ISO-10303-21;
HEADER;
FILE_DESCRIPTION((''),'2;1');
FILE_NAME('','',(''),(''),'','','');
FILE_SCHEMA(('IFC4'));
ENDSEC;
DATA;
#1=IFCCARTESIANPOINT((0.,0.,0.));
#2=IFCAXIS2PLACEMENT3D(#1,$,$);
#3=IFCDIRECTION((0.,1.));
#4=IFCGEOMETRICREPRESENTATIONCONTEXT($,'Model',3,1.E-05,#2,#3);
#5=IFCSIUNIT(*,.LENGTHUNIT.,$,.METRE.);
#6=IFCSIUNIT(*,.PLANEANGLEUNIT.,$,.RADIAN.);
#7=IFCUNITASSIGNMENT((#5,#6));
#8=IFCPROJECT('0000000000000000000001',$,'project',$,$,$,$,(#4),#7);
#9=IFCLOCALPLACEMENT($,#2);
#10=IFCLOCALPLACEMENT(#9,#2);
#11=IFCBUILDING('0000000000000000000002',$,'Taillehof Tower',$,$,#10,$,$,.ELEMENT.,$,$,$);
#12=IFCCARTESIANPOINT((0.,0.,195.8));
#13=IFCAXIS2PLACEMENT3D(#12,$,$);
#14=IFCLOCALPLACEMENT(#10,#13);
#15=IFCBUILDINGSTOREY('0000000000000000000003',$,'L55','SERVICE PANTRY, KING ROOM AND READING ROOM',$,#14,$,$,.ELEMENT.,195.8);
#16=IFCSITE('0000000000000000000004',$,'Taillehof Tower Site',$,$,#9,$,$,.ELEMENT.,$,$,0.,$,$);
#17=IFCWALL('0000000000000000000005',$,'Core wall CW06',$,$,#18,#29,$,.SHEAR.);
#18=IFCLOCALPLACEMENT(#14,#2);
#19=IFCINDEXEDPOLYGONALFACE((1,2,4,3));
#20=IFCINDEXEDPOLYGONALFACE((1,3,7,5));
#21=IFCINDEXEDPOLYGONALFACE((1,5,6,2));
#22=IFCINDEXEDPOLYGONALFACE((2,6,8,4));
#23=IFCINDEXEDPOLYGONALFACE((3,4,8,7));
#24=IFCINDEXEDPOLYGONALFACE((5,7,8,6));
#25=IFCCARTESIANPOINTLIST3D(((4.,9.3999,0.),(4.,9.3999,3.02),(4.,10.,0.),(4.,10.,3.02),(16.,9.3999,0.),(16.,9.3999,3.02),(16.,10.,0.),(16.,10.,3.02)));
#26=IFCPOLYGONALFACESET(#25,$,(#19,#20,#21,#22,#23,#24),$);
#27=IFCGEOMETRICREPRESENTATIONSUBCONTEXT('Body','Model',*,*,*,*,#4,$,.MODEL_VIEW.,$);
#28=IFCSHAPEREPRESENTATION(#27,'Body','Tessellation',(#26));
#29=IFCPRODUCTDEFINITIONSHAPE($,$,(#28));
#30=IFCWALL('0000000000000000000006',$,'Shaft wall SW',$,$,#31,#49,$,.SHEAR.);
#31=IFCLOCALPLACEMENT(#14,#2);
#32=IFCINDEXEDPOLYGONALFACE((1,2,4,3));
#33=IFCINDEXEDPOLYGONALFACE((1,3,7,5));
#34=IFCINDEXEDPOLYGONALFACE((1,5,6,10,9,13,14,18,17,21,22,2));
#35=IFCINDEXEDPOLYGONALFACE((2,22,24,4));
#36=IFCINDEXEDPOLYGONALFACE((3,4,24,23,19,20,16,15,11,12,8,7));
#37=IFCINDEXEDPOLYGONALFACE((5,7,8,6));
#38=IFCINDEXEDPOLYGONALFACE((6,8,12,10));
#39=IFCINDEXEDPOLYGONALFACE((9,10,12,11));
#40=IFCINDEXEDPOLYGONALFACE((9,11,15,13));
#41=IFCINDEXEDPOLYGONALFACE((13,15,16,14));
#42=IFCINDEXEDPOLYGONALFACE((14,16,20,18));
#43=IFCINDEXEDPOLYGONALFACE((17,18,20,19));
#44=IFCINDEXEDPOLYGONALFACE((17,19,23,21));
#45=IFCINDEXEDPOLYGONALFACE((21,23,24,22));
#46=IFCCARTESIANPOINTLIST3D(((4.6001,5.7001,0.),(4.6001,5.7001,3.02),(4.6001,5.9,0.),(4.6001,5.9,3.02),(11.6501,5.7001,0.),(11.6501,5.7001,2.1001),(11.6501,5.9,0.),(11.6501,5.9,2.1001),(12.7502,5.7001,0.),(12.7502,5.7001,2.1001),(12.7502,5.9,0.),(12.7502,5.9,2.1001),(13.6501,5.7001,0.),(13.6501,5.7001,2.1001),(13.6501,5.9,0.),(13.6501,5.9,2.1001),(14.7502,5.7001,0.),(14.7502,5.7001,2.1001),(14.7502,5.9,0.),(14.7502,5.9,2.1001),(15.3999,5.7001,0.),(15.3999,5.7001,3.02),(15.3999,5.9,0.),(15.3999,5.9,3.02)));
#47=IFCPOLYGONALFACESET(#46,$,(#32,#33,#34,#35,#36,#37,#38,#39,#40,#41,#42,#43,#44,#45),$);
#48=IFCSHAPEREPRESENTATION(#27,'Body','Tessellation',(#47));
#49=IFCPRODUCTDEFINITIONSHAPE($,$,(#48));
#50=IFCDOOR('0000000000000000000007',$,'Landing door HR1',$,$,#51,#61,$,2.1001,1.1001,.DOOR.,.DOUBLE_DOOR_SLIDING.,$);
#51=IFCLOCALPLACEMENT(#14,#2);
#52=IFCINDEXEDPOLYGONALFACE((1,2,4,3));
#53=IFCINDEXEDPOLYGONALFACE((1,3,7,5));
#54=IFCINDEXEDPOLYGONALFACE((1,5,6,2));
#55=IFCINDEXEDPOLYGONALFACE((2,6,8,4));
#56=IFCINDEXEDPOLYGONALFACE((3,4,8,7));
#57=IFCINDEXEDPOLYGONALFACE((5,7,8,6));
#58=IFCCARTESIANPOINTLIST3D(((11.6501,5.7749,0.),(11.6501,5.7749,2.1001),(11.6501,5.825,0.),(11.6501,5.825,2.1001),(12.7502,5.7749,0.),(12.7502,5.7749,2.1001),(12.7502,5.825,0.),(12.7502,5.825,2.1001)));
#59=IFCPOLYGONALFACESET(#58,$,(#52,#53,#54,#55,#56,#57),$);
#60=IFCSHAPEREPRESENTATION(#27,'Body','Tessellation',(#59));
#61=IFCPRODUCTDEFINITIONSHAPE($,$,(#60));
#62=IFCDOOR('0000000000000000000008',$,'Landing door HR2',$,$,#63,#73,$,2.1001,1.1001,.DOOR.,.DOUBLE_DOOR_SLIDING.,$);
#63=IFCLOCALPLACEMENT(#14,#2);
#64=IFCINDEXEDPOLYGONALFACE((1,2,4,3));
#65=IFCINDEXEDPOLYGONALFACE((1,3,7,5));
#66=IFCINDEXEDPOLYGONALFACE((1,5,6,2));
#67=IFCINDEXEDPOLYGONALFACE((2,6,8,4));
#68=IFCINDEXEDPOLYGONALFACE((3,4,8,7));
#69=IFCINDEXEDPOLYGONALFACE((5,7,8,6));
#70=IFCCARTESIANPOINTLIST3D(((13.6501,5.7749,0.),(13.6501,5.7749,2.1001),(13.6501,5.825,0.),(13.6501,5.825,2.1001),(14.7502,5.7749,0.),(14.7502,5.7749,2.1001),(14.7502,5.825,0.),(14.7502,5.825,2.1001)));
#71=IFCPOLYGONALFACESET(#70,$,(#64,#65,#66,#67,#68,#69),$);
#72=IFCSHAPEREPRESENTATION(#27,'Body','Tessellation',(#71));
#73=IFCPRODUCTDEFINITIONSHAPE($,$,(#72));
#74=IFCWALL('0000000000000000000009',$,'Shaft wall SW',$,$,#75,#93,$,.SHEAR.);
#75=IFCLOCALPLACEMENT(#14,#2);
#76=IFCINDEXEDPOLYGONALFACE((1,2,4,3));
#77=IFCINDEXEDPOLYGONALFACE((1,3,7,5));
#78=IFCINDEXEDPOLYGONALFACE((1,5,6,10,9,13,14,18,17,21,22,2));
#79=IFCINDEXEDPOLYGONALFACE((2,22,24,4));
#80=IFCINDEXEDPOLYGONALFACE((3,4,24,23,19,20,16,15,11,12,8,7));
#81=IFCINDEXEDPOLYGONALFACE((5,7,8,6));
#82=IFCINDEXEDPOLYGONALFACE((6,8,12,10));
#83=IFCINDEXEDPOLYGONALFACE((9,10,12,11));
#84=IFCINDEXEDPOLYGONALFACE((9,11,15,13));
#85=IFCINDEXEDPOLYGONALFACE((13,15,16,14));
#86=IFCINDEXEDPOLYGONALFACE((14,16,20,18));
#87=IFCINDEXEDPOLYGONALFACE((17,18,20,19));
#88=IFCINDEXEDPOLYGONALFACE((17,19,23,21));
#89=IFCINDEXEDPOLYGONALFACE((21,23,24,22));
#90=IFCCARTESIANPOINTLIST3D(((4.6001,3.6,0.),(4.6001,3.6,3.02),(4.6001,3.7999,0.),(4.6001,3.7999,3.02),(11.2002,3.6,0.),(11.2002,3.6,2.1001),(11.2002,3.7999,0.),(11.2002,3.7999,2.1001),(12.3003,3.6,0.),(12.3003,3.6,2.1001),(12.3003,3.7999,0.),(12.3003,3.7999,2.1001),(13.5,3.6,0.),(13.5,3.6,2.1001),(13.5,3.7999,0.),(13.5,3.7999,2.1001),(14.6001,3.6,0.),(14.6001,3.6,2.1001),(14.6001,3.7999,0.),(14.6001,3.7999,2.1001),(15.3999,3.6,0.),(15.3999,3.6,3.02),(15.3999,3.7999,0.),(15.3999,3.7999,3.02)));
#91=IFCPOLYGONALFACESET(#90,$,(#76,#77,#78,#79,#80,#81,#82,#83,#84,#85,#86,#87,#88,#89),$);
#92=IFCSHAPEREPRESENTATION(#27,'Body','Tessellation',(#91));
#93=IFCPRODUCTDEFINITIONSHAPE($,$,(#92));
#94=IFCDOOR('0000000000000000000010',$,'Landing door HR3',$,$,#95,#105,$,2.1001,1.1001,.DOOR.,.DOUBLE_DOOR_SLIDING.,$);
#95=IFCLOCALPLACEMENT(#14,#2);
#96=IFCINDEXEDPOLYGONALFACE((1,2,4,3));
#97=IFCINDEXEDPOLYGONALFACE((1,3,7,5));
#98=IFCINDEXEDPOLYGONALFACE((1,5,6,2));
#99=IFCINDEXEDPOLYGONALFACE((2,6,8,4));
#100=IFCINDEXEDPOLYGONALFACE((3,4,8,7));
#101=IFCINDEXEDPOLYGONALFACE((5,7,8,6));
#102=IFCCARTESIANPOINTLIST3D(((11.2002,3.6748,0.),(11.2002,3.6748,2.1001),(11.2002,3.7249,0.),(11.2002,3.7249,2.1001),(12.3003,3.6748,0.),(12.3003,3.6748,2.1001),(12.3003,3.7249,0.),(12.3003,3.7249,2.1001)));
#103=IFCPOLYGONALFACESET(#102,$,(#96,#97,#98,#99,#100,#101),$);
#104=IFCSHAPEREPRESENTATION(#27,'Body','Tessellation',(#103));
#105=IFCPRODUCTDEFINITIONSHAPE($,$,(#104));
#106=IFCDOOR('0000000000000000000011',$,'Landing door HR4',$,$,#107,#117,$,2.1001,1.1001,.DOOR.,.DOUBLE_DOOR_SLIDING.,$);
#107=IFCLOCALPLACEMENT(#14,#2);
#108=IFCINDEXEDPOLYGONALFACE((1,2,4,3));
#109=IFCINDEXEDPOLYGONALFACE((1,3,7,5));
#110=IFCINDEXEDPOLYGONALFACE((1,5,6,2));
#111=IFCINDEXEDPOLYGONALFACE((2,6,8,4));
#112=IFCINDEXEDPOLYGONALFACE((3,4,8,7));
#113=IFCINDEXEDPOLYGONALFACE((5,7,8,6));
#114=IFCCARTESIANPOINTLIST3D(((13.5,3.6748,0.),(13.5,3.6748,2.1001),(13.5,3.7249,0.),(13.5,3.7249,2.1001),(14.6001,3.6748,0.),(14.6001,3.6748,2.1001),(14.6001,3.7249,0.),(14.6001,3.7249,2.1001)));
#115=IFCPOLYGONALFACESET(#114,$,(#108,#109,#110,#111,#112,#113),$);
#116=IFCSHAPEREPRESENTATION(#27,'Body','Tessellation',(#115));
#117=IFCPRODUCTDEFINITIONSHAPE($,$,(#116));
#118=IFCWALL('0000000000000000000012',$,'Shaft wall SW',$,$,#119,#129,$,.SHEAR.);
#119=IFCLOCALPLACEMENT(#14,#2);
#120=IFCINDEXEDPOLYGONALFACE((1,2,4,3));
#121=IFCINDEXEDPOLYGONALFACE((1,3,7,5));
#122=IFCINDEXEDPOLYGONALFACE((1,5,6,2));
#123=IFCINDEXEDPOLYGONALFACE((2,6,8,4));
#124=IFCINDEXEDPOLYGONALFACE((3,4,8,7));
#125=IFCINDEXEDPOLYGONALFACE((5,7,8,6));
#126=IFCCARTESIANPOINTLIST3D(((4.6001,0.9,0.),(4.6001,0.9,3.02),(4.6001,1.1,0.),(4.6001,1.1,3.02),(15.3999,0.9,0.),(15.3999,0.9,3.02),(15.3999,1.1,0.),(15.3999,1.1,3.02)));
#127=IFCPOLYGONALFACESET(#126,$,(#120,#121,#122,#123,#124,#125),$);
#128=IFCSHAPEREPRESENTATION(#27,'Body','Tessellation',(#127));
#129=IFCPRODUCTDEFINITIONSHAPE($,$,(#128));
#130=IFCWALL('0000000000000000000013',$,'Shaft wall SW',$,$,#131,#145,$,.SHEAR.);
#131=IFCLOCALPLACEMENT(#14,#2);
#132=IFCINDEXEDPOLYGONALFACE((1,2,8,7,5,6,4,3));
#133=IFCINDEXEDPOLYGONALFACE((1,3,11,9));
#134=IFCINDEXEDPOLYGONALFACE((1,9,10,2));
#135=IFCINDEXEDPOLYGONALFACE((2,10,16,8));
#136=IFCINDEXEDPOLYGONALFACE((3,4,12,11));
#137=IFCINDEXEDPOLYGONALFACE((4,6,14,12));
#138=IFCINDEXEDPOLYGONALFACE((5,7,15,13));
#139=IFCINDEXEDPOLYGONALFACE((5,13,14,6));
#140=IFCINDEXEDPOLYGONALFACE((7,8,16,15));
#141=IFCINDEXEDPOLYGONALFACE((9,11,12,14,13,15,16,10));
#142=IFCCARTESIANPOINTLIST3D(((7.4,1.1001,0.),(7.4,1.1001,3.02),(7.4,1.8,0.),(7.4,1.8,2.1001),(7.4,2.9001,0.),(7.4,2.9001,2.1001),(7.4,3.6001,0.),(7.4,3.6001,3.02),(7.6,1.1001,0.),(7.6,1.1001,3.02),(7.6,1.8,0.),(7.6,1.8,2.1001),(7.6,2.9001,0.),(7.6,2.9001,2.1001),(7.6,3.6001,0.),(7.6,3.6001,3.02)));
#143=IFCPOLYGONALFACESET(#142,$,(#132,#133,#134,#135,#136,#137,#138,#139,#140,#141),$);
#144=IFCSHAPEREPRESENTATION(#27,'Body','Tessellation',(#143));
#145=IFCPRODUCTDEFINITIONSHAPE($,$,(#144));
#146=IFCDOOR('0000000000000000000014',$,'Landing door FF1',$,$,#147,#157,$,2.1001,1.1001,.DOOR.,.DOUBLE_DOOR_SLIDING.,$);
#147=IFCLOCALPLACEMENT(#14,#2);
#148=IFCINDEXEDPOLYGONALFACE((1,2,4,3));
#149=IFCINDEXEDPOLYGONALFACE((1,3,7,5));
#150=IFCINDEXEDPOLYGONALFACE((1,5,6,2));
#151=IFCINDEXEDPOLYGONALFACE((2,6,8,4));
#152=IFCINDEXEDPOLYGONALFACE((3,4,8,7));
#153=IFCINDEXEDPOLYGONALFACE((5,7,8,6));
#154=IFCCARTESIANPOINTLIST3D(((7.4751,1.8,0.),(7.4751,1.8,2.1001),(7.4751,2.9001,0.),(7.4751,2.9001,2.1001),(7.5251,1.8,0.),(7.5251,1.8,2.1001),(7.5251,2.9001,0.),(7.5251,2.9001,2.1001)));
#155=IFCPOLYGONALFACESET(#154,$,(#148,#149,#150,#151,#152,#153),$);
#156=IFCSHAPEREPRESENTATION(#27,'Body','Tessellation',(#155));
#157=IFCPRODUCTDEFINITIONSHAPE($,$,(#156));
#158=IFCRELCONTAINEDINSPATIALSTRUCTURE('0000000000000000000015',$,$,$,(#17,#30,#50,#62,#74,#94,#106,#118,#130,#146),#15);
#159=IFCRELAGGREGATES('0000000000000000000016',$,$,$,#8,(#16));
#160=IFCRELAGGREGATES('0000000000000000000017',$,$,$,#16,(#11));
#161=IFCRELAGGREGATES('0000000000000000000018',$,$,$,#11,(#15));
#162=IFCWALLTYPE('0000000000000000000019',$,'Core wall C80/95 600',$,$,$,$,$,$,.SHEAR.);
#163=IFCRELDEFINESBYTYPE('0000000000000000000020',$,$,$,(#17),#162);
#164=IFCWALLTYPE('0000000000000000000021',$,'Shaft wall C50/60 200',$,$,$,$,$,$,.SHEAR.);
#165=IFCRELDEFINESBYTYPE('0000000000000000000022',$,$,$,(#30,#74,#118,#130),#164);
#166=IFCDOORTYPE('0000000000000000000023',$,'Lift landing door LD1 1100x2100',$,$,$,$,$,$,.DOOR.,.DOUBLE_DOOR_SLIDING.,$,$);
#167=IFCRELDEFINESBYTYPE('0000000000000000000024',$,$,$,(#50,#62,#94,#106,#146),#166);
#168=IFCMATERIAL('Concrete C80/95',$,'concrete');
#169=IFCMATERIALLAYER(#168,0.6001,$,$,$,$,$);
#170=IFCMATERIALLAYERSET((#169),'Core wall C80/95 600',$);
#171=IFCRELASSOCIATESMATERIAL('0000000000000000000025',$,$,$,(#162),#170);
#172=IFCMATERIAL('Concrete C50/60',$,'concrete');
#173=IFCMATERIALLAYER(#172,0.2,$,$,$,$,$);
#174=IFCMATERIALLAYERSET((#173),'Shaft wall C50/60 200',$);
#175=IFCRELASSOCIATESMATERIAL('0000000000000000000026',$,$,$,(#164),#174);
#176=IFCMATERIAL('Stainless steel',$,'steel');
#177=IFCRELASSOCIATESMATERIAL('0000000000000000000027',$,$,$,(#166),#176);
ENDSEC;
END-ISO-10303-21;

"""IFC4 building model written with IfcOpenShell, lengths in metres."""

from ifc_helpers import new_model, si_unit, direction, frame, frame_2d, origin, place, context, subcontext, project, spatial, rectangle, extrude, material, layer, layer_set, type_object, element, fill, save


model = new_model("IFC4")

# Units and contexts
model_context = context("Model", 3, precision=1e-05, world=origin(), true_north=direction((0.0, 1.0)))
body_context = subcontext(model_context, "Body", "Model", "MODEL_VIEW")
ifc_project = project(units=[si_unit("LENGTHUNIT", "METRE"), si_unit("PLANEANGLEUNIT", "RADIAN")], contexts=[model_context])

# Site, building, storey
site_placement = place(None, origin())
site = spatial("IfcSite", under=ifc_project, at=site_placement, Name="Taillehof Tower Site", CompositionType="ELEMENT", RefElevation=0.0)
building_placement = place(site_placement, origin())
building = spatial("IfcBuilding", under=site, at=building_placement, Name="Taillehof Tower", CompositionType="ELEMENT")
storey_placement = place(building_placement, frame((0.0, 0.0, 195.8)))
storey = spatial("IfcBuildingStorey", under=building, at=storey_placement, Name="L55", Description="SERVICE PANTRY, KING ROOM AND READING ROOM", CompositionType="ELEMENT", Elevation=195.8)

# Wall
ifc_material_1 = material(Name="Concrete C80/95", Category="concrete")
ifc_layer_1 = layer(ifc_material_1, 0.6001)
ifc_layer_set_1 = layer_set([ifc_layer_1], Name="Core wall C80/95 600")
wall_type_1 = type_object("IfcWallType", Name="Core wall C80/95 600", PredefinedType="SHEAR", material=ifc_layer_set_1)
wall_1_placement = place(storey_placement, frame((4.0, 9.7, 0.0), z_axis=(0.0, 0.0, 1.0), x_axis=(1.0, 0.0, 0.0)))
element("IfcWall", 1, at=wall_1_placement, inside=storey, type_object=wall_type_1, Name="Core wall CW06", PredefinedType="SHEAR", context=body_context, shape_type="SweptSolid", body=[
    extrude(rectangle(XDim=12.0, YDim=0.6001, at=frame_2d((6.0, 0.0))), origin(), (0.0, 0.0, 1.0), 3.02),
])

# Walls, openings, doors
ifc_material_2 = material(Name="Concrete C50/60", Category="concrete")
ifc_layer_2 = layer(ifc_material_2, 0.2)
ifc_layer_set_2 = layer_set([ifc_layer_2], Name="Shaft wall C50/60 200")
wall_type_2 = type_object("IfcWallType", Name="Shaft wall C50/60 200", PredefinedType="SHEAR", material=ifc_layer_set_2)
wall_2_placement = place(storey_placement, frame((4.6001, 5.8, 0.0), z_axis=(0.0, 0.0, 1.0), x_axis=(1.0, 0.0, 0.0)))
wall_2 = element("IfcWall", 2, at=wall_2_placement, inside=storey, type_object=wall_type_2, Name="Shaft wall SW", PredefinedType="SHEAR", context=body_context, shape_type="SweptSolid", body=[
    extrude(rectangle(XDim=10.7998, YDim=0.2, at=frame_2d((5.3999, 0.0))), origin(), (0.0, 0.0, 1.0), 3.02),
])
opening_1_placement = place(wall_2_placement, frame((7.05, 0.0, 0.0)))
opening_1 = element("IfcOpeningElement", 3, at=opening_1_placement, cuts=wall_2, PredefinedType="OPENING", context=body_context, shape_type="SweptSolid", body=[
    extrude(rectangle(XDim=1.1001, YDim=2.1001, at=frame_2d((0.55, 1.05))), frame((0.0, 0.1099, 0.0), z_axis=(0.0, -1.0, 0.0), x_axis=(1.0, 0.0, 0.0)), (0.0, 0.0, 1.0), 0.22),
])
opening_2_placement = place(wall_2_placement, frame((9.05, 0.0, 0.0)))
opening_2 = element("IfcOpeningElement", 4, at=opening_2_placement, cuts=wall_2, PredefinedType="OPENING", context=body_context, shape_type="SweptSolid", body=[
    extrude(rectangle(XDim=1.1001, YDim=2.1001, at=frame_2d((0.55, 1.05))), frame((0.0, 0.1099, 0.0), z_axis=(0.0, -1.0, 0.0), x_axis=(1.0, 0.0, 0.0)), (0.0, 0.0, 1.0), 0.22),
])
ifc_material_3 = material(Name="Stainless steel", Category="steel")
door_type_1 = type_object("IfcDoorType", Name="Lift landing door LD1 1100x2100", OperationType="DOUBLE_DOOR_SLIDING", PredefinedType="DOOR", material=ifc_material_3)
door_1_placement = place(opening_1_placement, origin())
door_1 = element("IfcDoor", 5, at=door_1_placement, inside=storey, type_object=door_type_1, Name="Landing door HR1", OperationType="DOUBLE_DOOR_SLIDING", OverallHeight=2.1001, OverallWidth=1.1001, PredefinedType="DOOR", context=body_context, shape_type="SweptSolid", body=[
    extrude(rectangle(XDim=1.1001, YDim=2.1001, at=frame_2d((0.55, 1.05))), frame((0.0, 0.0249, 0.0), z_axis=(0.0, -1.0, 0.0), x_axis=(1.0, 0.0, 0.0)), (0.0, 0.0, 1.0), 0.05),
])
fill(opening_1, door_1)
door_2_placement = place(opening_2_placement, origin())
door_2 = element("IfcDoor", 6, at=door_2_placement, inside=storey, type_object=door_type_1, Name="Landing door HR2", OperationType="DOUBLE_DOOR_SLIDING", OverallHeight=2.1001, OverallWidth=1.1001, PredefinedType="DOOR", context=body_context, shape_type="SweptSolid", body=[
    extrude(rectangle(XDim=1.1001, YDim=2.1001, at=frame_2d((0.55, 1.05))), frame((0.0, 0.0249, 0.0), z_axis=(0.0, -1.0, 0.0), x_axis=(1.0, 0.0, 0.0)), (0.0, 0.0, 1.0), 0.05),
])
fill(opening_2, door_2)
wall_3_placement = place(storey_placement, frame((4.6001, 3.7, 0.0), z_axis=(0.0, 0.0, 1.0), x_axis=(1.0, 0.0, 0.0)))
wall_3 = element("IfcWall", 7, at=wall_3_placement, inside=storey, type_object=wall_type_2, Name="Shaft wall SW", PredefinedType="SHEAR", context=body_context, shape_type="SweptSolid", body=[
    extrude(rectangle(XDim=10.7998, YDim=0.2, at=frame_2d((5.3999, 0.0))), origin(), (0.0, 0.0, 1.0), 3.02),
])
opening_3_placement = place(wall_3_placement, frame((6.6001, 0.0, 0.0)))
opening_3 = element("IfcOpeningElement", 8, at=opening_3_placement, cuts=wall_3, PredefinedType="OPENING", context=body_context, shape_type="SweptSolid", body=[
    extrude(rectangle(XDim=1.1001, YDim=2.1001, at=frame_2d((0.55, 1.05))), frame((0.0, 0.1099, 0.0), z_axis=(0.0, -1.0, 0.0), x_axis=(1.0, 0.0, 0.0)), (0.0, 0.0, 1.0), 0.22),
])
opening_4_placement = place(wall_3_placement, frame((8.8999, 0.0, 0.0)))
opening_4 = element("IfcOpeningElement", 9, at=opening_4_placement, cuts=wall_3, PredefinedType="OPENING", context=body_context, shape_type="SweptSolid", body=[
    extrude(rectangle(XDim=1.1001, YDim=2.1001, at=frame_2d((0.55, 1.05))), frame((0.0, 0.1099, 0.0), z_axis=(0.0, -1.0, 0.0), x_axis=(1.0, 0.0, 0.0)), (0.0, 0.0, 1.0), 0.22),
])
door_3_placement = place(opening_3_placement, origin())
door_3 = element("IfcDoor", 10, at=door_3_placement, inside=storey, type_object=door_type_1, Name="Landing door HR3", OperationType="DOUBLE_DOOR_SLIDING", OverallHeight=2.1001, OverallWidth=1.1001, PredefinedType="DOOR", context=body_context, shape_type="SweptSolid", body=[
    extrude(rectangle(XDim=1.1001, YDim=2.1001, at=frame_2d((0.55, 1.05))), frame((0.0, 0.0249, 0.0), z_axis=(0.0, -1.0, 0.0), x_axis=(1.0, 0.0, 0.0)), (0.0, 0.0, 1.0), 0.05),
])
fill(opening_3, door_3)
door_4_placement = place(opening_4_placement, origin())
door_4 = element("IfcDoor", 11, at=door_4_placement, inside=storey, type_object=door_type_1, Name="Landing door HR4", OperationType="DOUBLE_DOOR_SLIDING", OverallHeight=2.1001, OverallWidth=1.1001, PredefinedType="DOOR", context=body_context, shape_type="SweptSolid", body=[
    extrude(rectangle(XDim=1.1001, YDim=2.1001, at=frame_2d((0.55, 1.05))), frame((0.0, 0.0249, 0.0), z_axis=(0.0, -1.0, 0.0), x_axis=(1.0, 0.0, 0.0)), (0.0, 0.0, 1.0), 0.05),
])
fill(opening_4, door_4)

# Wall
wall_4_placement = place(storey_placement, frame((4.6001, 1.0, 0.0), z_axis=(0.0, 0.0, 1.0), x_axis=(1.0, 0.0, 0.0)))
element("IfcWall", 12, at=wall_4_placement, inside=storey, type_object=wall_type_2, Name="Shaft wall SW", PredefinedType="SHEAR", context=body_context, shape_type="SweptSolid", body=[
    extrude(rectangle(XDim=10.7998, YDim=0.2, at=frame_2d((5.3999, 0.0))), origin(), (0.0, 0.0, 1.0), 3.02),
])

# Wall, opening, door
wall_5_placement = place(storey_placement, frame((7.5, 1.1001, 0.0), z_axis=(0.0, 0.0, 1.0), x_axis=(0.0, 1.0, 0.0)))
wall_5 = element("IfcWall", 13, at=wall_5_placement, inside=storey, type_object=wall_type_2, Name="Shaft wall SW", PredefinedType="SHEAR", context=body_context, shape_type="SweptSolid", body=[
    extrude(rectangle(XDim=2.5, YDim=0.2, at=frame_2d((1.25, 0.0))), origin(), (0.0, 0.0, 1.0), 3.02),
])
opening_5_placement = place(wall_5_placement, frame((0.7, 0.0, 0.0)))
opening_5 = element("IfcOpeningElement", 14, at=opening_5_placement, cuts=wall_5, PredefinedType="OPENING", context=body_context, shape_type="SweptSolid", body=[
    extrude(rectangle(XDim=1.1001, YDim=2.1001, at=frame_2d((0.55, 1.05))), frame((0.0, 0.1099, 0.0), z_axis=(0.0, -1.0, 0.0), x_axis=(1.0, 0.0, 0.0)), (0.0, 0.0, 1.0), 0.22),
])
door_5_placement = place(opening_5_placement, origin())
door_5 = element("IfcDoor", 15, at=door_5_placement, inside=storey, type_object=door_type_1, Name="Landing door FF1", OperationType="DOUBLE_DOOR_SLIDING", OverallHeight=2.1001, OverallWidth=1.1001, PredefinedType="DOOR", context=body_context, shape_type="SweptSolid", body=[
    extrude(rectangle(XDim=1.1001, YDim=2.1001, at=frame_2d((0.55, 1.05))), frame((0.0, 0.0249, 0.0), z_axis=(0.0, -1.0, 0.0), x_axis=(1.0, 0.0, 0.0)), (0.0, 0.0, 1.0), 0.05),
])
fill(opening_5, door_5)

save(model, "model.ifc")
